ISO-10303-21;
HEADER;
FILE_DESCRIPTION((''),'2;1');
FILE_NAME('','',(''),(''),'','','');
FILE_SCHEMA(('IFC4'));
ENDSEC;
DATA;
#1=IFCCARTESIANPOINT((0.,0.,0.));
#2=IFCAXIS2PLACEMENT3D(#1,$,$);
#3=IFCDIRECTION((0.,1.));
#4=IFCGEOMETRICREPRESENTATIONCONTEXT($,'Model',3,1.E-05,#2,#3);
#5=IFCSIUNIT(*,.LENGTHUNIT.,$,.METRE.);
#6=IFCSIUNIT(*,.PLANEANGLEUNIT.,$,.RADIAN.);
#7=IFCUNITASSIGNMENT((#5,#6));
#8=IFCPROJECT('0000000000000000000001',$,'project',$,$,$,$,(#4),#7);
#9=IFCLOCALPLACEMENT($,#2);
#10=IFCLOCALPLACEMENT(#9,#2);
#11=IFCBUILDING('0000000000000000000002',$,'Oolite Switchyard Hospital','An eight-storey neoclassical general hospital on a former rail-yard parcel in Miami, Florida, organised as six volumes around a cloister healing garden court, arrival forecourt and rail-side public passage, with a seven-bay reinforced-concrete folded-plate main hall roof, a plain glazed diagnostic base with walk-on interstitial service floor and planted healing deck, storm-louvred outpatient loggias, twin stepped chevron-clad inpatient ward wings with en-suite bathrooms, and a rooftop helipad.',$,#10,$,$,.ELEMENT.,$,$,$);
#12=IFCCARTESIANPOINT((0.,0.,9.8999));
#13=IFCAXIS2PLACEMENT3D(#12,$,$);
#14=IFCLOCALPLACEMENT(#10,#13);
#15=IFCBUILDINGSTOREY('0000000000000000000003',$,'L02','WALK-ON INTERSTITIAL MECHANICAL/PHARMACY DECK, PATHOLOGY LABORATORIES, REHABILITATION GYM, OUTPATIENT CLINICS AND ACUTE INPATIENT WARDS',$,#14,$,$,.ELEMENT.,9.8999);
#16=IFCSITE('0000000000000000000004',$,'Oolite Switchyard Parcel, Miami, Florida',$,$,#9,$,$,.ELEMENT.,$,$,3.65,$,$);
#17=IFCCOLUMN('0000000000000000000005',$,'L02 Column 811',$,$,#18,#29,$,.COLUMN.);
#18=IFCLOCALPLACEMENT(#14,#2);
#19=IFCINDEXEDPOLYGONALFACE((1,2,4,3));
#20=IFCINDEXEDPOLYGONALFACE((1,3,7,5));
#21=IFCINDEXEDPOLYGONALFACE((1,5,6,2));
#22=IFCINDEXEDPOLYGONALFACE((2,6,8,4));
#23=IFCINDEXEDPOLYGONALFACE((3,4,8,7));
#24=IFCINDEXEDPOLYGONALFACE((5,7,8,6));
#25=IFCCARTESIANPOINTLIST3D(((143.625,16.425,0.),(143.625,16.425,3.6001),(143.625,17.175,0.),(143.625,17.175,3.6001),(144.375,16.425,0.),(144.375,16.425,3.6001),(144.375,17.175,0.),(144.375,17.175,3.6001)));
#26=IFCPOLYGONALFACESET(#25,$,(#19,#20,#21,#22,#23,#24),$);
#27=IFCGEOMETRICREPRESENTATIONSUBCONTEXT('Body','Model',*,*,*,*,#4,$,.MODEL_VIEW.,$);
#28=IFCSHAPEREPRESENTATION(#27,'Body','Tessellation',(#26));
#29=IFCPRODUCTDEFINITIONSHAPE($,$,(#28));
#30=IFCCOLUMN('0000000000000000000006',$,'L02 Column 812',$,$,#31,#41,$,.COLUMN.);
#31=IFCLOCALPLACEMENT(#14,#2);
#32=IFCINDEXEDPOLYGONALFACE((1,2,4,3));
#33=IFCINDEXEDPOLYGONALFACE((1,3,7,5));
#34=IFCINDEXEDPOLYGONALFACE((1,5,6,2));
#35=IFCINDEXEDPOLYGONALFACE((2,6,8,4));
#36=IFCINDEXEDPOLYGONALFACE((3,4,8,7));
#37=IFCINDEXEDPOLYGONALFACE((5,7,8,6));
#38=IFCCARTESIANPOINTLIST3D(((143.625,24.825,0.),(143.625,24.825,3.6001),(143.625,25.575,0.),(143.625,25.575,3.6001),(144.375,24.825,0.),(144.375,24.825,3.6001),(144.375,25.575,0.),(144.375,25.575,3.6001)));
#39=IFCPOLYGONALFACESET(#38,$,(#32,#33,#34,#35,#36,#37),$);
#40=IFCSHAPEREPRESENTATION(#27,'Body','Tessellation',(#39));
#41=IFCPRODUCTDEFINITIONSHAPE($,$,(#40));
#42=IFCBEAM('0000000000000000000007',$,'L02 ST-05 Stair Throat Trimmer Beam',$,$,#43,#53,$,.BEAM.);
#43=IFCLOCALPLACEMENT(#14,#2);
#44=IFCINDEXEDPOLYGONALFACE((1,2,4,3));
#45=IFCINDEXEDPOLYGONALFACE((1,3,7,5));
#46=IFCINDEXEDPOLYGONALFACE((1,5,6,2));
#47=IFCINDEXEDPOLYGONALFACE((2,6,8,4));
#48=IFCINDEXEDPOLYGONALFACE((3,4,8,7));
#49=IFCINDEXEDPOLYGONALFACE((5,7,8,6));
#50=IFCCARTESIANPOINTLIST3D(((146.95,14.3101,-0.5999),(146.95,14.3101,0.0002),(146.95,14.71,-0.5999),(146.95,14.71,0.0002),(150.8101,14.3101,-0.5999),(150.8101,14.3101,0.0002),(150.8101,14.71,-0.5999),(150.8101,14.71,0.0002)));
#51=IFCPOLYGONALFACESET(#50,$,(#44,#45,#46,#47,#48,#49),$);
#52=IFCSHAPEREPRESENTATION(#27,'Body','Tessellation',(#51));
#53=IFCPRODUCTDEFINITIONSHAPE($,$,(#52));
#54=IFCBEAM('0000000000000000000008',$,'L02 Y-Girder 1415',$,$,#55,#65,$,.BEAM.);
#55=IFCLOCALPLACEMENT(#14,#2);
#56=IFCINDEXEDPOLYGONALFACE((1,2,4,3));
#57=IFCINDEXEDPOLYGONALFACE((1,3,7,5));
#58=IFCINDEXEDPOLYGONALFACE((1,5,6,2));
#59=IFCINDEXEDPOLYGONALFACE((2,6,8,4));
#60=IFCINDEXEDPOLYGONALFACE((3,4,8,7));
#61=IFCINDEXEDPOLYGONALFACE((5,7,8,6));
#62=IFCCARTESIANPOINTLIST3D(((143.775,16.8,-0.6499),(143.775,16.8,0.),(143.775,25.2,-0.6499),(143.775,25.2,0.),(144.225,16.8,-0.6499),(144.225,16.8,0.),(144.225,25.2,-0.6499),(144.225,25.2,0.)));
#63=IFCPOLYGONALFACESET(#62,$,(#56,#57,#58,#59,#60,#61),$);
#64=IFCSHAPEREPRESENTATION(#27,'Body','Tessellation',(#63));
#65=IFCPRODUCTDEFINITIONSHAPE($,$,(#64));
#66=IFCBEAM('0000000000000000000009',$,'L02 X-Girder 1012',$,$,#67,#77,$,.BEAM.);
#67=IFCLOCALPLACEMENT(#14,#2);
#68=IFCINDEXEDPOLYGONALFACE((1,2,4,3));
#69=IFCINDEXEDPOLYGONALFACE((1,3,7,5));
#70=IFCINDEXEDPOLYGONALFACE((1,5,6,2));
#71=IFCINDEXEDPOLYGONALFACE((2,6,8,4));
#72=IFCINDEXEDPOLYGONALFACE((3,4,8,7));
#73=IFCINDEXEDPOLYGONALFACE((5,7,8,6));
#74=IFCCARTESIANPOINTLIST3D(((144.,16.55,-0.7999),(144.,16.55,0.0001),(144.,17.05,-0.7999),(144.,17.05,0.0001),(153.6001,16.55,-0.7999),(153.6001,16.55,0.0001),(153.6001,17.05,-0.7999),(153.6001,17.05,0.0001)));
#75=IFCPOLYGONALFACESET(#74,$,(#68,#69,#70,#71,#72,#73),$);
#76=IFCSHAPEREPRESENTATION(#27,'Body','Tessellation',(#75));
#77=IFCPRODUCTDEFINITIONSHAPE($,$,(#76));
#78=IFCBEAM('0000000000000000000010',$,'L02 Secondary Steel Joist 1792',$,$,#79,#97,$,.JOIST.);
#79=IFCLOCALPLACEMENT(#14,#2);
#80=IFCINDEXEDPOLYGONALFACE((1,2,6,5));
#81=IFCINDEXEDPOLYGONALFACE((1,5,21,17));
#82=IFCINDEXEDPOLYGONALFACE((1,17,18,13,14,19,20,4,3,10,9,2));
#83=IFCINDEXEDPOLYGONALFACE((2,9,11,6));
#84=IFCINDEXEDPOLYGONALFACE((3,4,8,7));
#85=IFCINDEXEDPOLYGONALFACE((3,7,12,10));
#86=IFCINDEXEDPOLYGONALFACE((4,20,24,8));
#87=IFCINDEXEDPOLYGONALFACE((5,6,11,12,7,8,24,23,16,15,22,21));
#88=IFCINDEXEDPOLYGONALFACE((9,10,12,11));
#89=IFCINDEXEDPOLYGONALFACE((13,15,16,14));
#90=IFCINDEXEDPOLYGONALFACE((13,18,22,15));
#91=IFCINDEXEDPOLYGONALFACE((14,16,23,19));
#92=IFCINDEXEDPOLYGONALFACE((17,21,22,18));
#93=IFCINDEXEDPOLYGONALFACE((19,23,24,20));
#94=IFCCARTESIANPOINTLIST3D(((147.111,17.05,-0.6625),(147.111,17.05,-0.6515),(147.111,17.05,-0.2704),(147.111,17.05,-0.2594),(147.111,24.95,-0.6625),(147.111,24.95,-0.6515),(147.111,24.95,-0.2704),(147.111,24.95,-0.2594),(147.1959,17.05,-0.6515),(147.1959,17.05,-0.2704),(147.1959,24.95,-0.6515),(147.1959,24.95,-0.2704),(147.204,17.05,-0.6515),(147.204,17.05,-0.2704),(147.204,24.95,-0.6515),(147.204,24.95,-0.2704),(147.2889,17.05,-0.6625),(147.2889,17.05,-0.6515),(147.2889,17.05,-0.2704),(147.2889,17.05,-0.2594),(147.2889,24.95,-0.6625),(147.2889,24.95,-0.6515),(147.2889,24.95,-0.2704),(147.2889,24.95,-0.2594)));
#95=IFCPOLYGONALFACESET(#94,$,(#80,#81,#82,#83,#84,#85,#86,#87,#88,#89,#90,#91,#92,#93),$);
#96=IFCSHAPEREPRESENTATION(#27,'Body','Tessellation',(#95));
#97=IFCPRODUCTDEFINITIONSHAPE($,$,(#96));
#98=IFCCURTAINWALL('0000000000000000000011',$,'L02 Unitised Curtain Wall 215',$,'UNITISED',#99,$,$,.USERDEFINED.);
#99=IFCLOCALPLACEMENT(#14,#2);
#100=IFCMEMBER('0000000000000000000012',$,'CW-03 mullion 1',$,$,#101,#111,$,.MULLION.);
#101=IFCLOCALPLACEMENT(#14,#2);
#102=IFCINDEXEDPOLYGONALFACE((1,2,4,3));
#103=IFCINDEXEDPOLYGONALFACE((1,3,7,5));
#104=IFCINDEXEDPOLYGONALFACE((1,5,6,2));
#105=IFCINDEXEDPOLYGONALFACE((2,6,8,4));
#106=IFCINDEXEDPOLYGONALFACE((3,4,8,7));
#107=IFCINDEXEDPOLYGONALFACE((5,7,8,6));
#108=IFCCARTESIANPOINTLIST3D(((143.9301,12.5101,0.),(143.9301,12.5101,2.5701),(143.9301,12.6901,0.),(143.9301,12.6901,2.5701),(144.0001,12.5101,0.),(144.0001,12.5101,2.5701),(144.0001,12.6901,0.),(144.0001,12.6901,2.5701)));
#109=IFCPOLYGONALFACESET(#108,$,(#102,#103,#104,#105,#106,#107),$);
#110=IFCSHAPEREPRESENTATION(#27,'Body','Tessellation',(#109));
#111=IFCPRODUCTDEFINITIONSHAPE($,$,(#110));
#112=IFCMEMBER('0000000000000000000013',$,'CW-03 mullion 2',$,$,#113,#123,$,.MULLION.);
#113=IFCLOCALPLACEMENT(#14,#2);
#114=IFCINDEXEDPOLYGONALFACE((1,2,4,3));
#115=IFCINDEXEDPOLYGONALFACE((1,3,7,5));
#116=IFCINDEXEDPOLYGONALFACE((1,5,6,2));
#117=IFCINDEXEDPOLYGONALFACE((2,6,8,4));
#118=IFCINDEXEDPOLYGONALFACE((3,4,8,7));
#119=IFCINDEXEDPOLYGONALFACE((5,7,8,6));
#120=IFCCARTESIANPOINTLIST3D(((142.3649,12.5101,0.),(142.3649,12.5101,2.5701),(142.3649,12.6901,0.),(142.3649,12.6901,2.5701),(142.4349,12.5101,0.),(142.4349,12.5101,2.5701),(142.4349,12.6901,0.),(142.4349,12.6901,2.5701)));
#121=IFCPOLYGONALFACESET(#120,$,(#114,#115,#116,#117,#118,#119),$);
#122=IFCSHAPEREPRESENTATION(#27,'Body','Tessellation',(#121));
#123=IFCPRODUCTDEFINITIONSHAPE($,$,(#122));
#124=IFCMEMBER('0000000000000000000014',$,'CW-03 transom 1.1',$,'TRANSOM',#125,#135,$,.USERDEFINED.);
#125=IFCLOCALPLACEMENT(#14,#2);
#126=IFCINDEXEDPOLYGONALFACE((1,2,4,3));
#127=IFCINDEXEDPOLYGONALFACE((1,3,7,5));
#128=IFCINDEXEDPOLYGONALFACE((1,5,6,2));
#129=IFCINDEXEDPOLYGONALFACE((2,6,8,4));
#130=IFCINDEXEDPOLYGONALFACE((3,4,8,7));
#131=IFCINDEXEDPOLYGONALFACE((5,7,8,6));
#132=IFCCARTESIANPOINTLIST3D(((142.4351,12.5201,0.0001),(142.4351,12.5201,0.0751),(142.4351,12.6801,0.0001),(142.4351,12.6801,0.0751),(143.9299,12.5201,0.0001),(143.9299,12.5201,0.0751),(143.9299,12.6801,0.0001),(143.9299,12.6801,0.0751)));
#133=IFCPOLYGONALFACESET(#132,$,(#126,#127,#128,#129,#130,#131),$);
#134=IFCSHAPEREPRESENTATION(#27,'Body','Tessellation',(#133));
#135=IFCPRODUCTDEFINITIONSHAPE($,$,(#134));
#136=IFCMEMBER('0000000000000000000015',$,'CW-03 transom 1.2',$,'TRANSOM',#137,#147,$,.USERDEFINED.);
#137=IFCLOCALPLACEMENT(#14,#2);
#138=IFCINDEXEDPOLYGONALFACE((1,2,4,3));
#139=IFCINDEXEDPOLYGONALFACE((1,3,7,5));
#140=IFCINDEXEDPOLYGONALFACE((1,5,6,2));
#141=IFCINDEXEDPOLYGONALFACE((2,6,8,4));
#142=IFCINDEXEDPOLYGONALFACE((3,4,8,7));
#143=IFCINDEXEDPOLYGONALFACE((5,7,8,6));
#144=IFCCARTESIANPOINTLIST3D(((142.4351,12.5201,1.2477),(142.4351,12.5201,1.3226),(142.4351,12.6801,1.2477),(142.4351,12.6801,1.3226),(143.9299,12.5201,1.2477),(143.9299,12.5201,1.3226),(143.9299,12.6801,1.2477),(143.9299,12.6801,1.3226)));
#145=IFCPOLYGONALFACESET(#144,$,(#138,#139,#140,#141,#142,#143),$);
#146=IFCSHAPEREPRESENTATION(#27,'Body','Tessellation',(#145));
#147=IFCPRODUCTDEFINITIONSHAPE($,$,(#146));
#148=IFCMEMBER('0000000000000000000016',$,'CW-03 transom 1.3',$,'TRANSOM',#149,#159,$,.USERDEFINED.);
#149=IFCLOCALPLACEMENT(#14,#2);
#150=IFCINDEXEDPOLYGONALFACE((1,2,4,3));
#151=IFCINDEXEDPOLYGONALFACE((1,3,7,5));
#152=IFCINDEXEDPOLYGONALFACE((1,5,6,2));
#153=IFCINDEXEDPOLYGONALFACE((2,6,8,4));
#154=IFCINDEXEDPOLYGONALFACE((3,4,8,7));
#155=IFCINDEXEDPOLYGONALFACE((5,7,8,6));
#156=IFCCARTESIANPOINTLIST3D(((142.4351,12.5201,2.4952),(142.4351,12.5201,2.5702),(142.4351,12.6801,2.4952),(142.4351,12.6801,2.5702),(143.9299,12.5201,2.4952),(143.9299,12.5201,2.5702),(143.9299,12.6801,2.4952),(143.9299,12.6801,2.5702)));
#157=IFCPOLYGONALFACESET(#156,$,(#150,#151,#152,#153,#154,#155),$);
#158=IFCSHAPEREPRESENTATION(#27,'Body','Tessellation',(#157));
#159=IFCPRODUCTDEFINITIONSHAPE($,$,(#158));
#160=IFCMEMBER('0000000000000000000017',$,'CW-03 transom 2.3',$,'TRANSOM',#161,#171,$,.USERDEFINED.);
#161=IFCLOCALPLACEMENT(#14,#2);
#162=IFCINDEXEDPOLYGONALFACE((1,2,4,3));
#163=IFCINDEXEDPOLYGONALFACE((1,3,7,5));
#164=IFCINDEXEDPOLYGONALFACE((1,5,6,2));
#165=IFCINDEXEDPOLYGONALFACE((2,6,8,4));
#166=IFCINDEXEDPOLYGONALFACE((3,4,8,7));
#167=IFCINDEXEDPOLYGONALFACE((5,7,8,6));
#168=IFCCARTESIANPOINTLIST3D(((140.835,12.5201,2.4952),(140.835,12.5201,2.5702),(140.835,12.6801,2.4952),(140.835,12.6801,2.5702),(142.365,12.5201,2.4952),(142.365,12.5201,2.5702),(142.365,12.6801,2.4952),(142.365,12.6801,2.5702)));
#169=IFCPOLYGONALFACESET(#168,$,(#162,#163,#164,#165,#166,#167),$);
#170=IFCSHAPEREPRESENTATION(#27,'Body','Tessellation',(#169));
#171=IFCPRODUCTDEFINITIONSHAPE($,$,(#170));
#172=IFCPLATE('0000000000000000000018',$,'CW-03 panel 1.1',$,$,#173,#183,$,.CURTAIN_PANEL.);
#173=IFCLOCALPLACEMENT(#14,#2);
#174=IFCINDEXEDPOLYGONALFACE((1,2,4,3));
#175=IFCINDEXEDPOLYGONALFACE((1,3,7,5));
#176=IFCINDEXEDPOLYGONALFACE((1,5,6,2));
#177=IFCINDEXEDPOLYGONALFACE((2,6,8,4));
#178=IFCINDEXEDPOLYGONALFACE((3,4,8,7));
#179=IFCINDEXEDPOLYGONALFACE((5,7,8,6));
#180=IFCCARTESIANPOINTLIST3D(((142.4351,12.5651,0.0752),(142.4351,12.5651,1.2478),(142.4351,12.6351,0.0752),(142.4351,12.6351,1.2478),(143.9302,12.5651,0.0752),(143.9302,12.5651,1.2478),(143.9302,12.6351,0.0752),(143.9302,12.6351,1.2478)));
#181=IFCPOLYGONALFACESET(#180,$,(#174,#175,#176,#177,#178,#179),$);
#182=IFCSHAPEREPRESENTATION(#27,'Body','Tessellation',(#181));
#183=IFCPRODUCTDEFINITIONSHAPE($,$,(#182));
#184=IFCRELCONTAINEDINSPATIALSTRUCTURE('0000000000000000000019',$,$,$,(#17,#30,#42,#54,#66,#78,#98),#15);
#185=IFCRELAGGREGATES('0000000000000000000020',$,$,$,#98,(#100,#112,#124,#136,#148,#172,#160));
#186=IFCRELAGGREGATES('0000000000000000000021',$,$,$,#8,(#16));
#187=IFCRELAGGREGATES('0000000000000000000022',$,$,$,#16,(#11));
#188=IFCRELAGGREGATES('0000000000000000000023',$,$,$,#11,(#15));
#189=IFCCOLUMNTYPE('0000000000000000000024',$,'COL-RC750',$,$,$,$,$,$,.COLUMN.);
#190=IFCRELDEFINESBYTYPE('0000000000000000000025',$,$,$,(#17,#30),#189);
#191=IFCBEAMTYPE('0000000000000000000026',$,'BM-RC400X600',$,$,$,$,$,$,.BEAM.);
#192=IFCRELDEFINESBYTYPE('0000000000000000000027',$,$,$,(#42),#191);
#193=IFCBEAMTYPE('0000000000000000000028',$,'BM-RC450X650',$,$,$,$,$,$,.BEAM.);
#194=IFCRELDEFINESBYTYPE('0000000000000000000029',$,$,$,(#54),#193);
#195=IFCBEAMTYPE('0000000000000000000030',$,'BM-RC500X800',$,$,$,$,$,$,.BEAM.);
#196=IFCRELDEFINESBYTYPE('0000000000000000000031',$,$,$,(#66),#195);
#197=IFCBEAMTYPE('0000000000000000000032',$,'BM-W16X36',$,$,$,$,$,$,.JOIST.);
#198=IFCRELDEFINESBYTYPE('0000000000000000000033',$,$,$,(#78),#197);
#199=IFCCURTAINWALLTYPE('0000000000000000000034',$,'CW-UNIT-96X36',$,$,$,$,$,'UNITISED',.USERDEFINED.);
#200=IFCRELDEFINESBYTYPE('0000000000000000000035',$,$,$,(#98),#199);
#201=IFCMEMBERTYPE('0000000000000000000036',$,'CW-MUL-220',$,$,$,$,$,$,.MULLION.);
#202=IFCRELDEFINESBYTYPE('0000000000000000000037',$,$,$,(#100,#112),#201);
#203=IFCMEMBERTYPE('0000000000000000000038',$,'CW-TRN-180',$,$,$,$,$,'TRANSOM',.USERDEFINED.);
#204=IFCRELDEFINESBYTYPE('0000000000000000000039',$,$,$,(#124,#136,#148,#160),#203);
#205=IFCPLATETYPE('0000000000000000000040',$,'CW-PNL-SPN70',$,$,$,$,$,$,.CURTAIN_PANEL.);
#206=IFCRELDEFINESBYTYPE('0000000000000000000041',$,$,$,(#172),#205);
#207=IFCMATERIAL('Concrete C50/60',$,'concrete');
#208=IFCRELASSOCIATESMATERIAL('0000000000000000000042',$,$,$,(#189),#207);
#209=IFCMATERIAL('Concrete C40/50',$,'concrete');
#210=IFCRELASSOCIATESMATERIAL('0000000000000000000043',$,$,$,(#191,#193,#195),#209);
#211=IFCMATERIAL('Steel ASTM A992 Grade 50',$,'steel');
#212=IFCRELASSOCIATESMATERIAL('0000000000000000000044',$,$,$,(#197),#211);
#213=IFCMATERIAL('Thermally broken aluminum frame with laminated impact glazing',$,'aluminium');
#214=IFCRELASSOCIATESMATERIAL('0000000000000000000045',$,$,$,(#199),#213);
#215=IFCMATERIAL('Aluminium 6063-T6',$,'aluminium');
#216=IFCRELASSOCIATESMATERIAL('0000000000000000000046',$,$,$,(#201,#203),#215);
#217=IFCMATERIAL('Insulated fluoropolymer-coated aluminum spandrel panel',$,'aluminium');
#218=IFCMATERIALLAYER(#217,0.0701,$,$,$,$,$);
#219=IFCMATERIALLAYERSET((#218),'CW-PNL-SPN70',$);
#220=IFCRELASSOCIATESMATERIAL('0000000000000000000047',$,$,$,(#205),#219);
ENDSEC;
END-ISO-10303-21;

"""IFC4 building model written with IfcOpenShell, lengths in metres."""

from ifc_helpers import new_model, si_unit, direction, frame, origin, origin_2d, place, context, subcontext, project, spatial, rectangle, i_section, extrude, material, layer, layer_set, material_profile, profile_set, type_object, element, aggregate, save


model = new_model("IFC4")

# Units and contexts
model_context = context("Model", 3, precision=1e-05, world=origin(), true_north=direction((0.0, 1.0)))
body_context = subcontext(model_context, "Body", "Model", "MODEL_VIEW")
ifc_project = project(units=[si_unit("LENGTHUNIT", "METRE"), si_unit("PLANEANGLEUNIT", "RADIAN")], contexts=[model_context])

# Site, building, storey
site_placement = place(None, origin())
site = spatial("IfcSite", under=ifc_project, at=site_placement, Name="Oolite Switchyard Parcel, Miami, Florida", CompositionType="ELEMENT", RefElevation=3.65)
building_placement = place(site_placement, origin())
building = spatial("IfcBuilding", under=site, at=building_placement, Name="Oolite Switchyard Hospital", Description="An eight-storey neoclassical general hospital on a former rail-yard parcel in Miami, Florida, organised as six volumes around a cloister healing garden court, arrival forecourt and rail-side public passage, with a seven-bay reinforced-concrete folded-plate main hall roof, a plain glazed diagnostic base with walk-on interstitial service floor and planted healing deck, storm-louvred outpatient loggias, twin stepped chevron-clad inpatient ward wings with en-suite bathrooms, and a rooftop helipad.", CompositionType="ELEMENT")
storey_placement = place(building_placement, frame((0.0, 0.0, 9.8999)))
storey = spatial("IfcBuildingStorey", under=building, at=storey_placement, Name="L02", Description="WALK-ON INTERSTITIAL MECHANICAL/PHARMACY DECK, PATHOLOGY LABORATORIES, REHABILITATION GYM, OUTPATIENT CLINICS AND ACUTE INPATIENT WARDS", CompositionType="ELEMENT", Elevation=9.8999)

# Columns
ifc_material_1 = material(Name="Concrete C50/60", Category="concrete")
ifc_material_profile_1 = material_profile(ifc_material_1, rectangle(XDim=0.75, YDim=0.75, at=origin_2d()), Name="RC750X750")
ifc_profile_set_1 = profile_set([ifc_material_profile_1], Name="Concrete C50/60")
column_type = type_object("IfcColumnType", Name="COL-RC750", PredefinedType="COLUMN", material=ifc_profile_set_1)
for number, where, z_axis, x_axis, name in (
    (1, (144.0, 16.8, 0.0), (0.0, 0.0, 1.0), (1.0, 0.0, 0.0), "L02 Column 811"),
    (2, (144.0, 25.2, 0.0), (0.0, 0.0, 1.0), (1.0, 0.0, 0.0), "L02 Column 812"),
):
    element("IfcColumn", number, at=place(storey_placement, frame(where, z_axis=z_axis, x_axis=x_axis)), inside=storey, type_object=column_type, Name=name, PredefinedType="COLUMN", context=body_context, shape_type="SweptSolid", body=[
        extrude(rectangle(XDim=0.75, YDim=0.75, at=origin_2d()), origin(), (0.0, 0.0, 1.0), 3.6001),
    ])

# Beams
ifc_material_2 = material(Name="Concrete C40/50", Category="concrete")
ifc_material_profile_2 = material_profile(ifc_material_2, rectangle(XDim=0.3999, YDim=0.6001, at=origin_2d()), Name="RCB400X600")
ifc_profile_set_2 = profile_set([ifc_material_profile_2], Name="Concrete C40/50")
beam_type_1 = type_object("IfcBeamType", Name="BM-RC400X600", PredefinedType="BEAM", material=ifc_profile_set_2)
beam_1_placement = place(storey_placement, frame((146.95, 14.51, -0.2998), z_axis=(1.0, 0.0, 0.0), x_axis=(0.0, 1.0, 0.0)))
element("IfcBeam", 3, at=beam_1_placement, inside=storey, type_object=beam_type_1, Name="L02 ST-05 Stair Throat Trimmer Beam", PredefinedType="BEAM", context=body_context, shape_type="SweptSolid", body=[
    extrude(rectangle(XDim=0.3999, YDim=0.6001, at=origin_2d()), origin(), (0.0, 0.0, 1.0), 3.8601),
])
ifc_material_profile_3 = material_profile(ifc_material_2, rectangle(XDim=0.45, YDim=0.6499, at=origin_2d()), Name="RCB450X650")
ifc_profile_set_3 = profile_set([ifc_material_profile_3], Name="Concrete C40/50")
beam_type_2 = type_object("IfcBeamType", Name="BM-RC450X650", PredefinedType="BEAM", material=ifc_profile_set_3)
beam_2_placement = place(storey_placement, frame((144.0, 16.8, -0.325), z_axis=(0.0, 1.0, 0.0), x_axis=(-1.0, 0.0, 0.0)))
element("IfcBeam", 4, at=beam_2_placement, inside=storey, type_object=beam_type_2, Name="L02 Y-Girder 1415", PredefinedType="BEAM", context=body_context, shape_type="SweptSolid", body=[
    extrude(rectangle(XDim=0.45, YDim=0.6499, at=origin_2d()), origin(), (0.0, 0.0, 1.0), 8.3999),
])
ifc_material_profile_4 = material_profile(ifc_material_2, rectangle(XDim=0.5, YDim=0.8, at=origin_2d()), Name="RCB500X800")
ifc_profile_set_4 = profile_set([ifc_material_profile_4], Name="Concrete C40/50")
beam_type_3 = type_object("IfcBeamType", Name="BM-RC500X800", PredefinedType="BEAM", material=ifc_profile_set_4)
beam_3_placement = place(storey_placement, frame((144.0, 16.8, -0.3999), z_axis=(1.0, 0.0, 0.0), x_axis=(0.0, 1.0, 0.0)))
element("IfcBeam", 5, at=beam_3_placement, inside=storey, type_object=beam_type_3, Name="L02 X-Girder 1012", PredefinedType="BEAM", context=body_context, shape_type="SweptSolid", body=[
    extrude(rectangle(XDim=0.5, YDim=0.8, at=origin_2d()), origin(), (0.0, 0.0, 1.0), 9.6001),
])
ifc_material_3 = material(Name="Steel ASTM A992 Grade 50", Category="steel")
ifc_material_profile_5 = material_profile(ifc_material_3, i_section(OverallWidth=0.178, OverallDepth=0.4031, WebThickness=0.0081, FlangeThickness=0.011, at=origin_2d()), Name="W16X36")
ifc_profile_set_5 = profile_set([ifc_material_profile_5], Name="Steel ASTM A992 Grade 50")
beam_type_4 = type_object("IfcBeamType", Name="BM-W16X36", PredefinedType="JOIST", material=ifc_profile_set_5)
beam_4_placement = place(storey_placement, frame((147.2, 17.05, -0.4609), z_axis=(0.0, 1.0, 0.0), x_axis=(-1.0, 0.0, 0.0)))
element("IfcBeam", 6, at=beam_4_placement, inside=storey, type_object=beam_type_4, Name="L02 Secondary Steel Joist 1792", PredefinedType="JOIST", context=body_context, shape_type="SweptSolid", body=[
    extrude(i_section(OverallWidth=0.178, OverallDepth=0.4031, WebThickness=0.0081, FlangeThickness=0.011, at=origin_2d()), origin(), (0.0, 0.0, 1.0), 7.8999),
])

# Curtain wall, members, plate
ifc_material_4 = material(Name="Thermally broken aluminum frame with laminated impact glazing", Category="aluminium")
curtain_wall_type = type_object("IfcCurtainWallType", Name="CW-UNIT-96X36", ElementType="UNITISED", PredefinedType="USERDEFINED", material=ifc_material_4)
curtain_wall_placement = place(storey_placement, origin())
curtain_wall = element("IfcCurtainWall", 7, at=curtain_wall_placement, inside=storey, type_object=curtain_wall_type, Name="L02 Unitised Curtain Wall 215", ObjectType="UNITISED", PredefinedType="USERDEFINED")
ifc_material_5 = material(Name="Aluminium 6063-T6", Category="aluminium")
ifc_material_profile_6 = material_profile(ifc_material_5, rectangle(XDim=0.1799, YDim=0.0701, at=origin_2d()), Name="CWM70X180")
ifc_profile_set_6 = profile_set([ifc_material_profile_6], Name="Aluminium 6063-T6")
member_type_1 = type_object("IfcMemberType", Name="CW-MUL-220", PredefinedType="MULLION", material=ifc_profile_set_6)
member_1_placement = place(storey_placement, frame((143.9651, 12.6001, 0.0), z_axis=(0.0, 0.0, 1.0), x_axis=(0.0, -1.0, 0.0)))
member_1 = element("IfcMember", 8, at=member_1_placement, type_object=member_type_1, Name="CW-03 mullion 1", PredefinedType="MULLION", context=body_context, shape_type="SweptSolid", body=[
    extrude(rectangle(XDim=0.1799, YDim=0.0701, at=origin_2d()), origin(), (0.0, 0.0, 1.0), 2.5701),
])
member_2_placement = place(storey_placement, frame((142.3999, 12.6001, 0.0), z_axis=(0.0, 0.0, 1.0), x_axis=(0.0, -1.0, 0.0)))
member_2 = element("IfcMember", 9, at=member_2_placement, type_object=member_type_1, Name="CW-03 mullion 2", PredefinedType="MULLION", context=body_context, shape_type="SweptSolid", body=[
    extrude(rectangle(XDim=0.1799, YDim=0.0701, at=origin_2d()), origin(), (0.0, 0.0, 1.0), 2.5701),
])
ifc_material_profile_7 = material_profile(ifc_material_5, rectangle(XDim=0.1599, YDim=0.075, at=origin_2d()), Name="CWT75X160")
ifc_profile_set_7 = profile_set([ifc_material_profile_7], Name="Aluminium 6063-T6")
member_type_2 = type_object("IfcMemberType", Name="CW-TRN-180", ElementType="TRANSOM", PredefinedType="USERDEFINED", material=ifc_profile_set_7)
member_3_placement = place(storey_placement, frame((143.9299, 12.6001, 0.0376), z_axis=(-1.0, 0.0, 0.0), x_axis=(0.0, -1.0, 0.0)))
member_3 = element("IfcMember", 10, at=member_3_placement, type_object=member_type_2, Name="CW-03 transom 1.1", ObjectType="TRANSOM", PredefinedType="USERDEFINED", context=body_context, shape_type="SweptSolid", body=[
    extrude(rectangle(XDim=0.1599, YDim=0.075, at=origin_2d()), origin(), (0.0, 0.0, 1.0), 1.4949),
])
member_4_placement = place(storey_placement, frame((143.9299, 12.6001, 1.2852), z_axis=(-1.0, 0.0, 0.0), x_axis=(0.0, -1.0, 0.0)))
member_4 = element("IfcMember", 11, at=member_4_placement, type_object=member_type_2, Name="CW-03 transom 1.2", ObjectType="TRANSOM", PredefinedType="USERDEFINED", context=body_context, shape_type="SweptSolid", body=[
    extrude(rectangle(XDim=0.1599, YDim=0.075, at=origin_2d()), origin(), (0.0, 0.0, 1.0), 1.4949),
])
member_5_placement = place(storey_placement, frame((143.9299, 12.6001, 2.5327), z_axis=(-1.0, 0.0, 0.0), x_axis=(0.0, -1.0, 0.0)))
member_5 = element("IfcMember", 12, at=member_5_placement, type_object=member_type_2, Name="CW-03 transom 1.3", ObjectType="TRANSOM", PredefinedType="USERDEFINED", context=body_context, shape_type="SweptSolid", body=[
    extrude(rectangle(XDim=0.1599, YDim=0.075, at=origin_2d()), origin(), (0.0, 0.0, 1.0), 1.4949),
])
member_6_placement = place(storey_placement, frame((142.365, 12.6001, 2.5327), z_axis=(-1.0, 0.0, 0.0), x_axis=(0.0, -1.0, 0.0)))
member_6 = element("IfcMember", 13, at=member_6_placement, type_object=member_type_2, Name="CW-03 transom 2.3", ObjectType="TRANSOM", PredefinedType="USERDEFINED", context=body_context, shape_type="SweptSolid", body=[
    extrude(rectangle(XDim=0.1599, YDim=0.075, at=origin_2d()), origin(), (0.0, 0.0, 1.0), 1.53),
])
ifc_material_6 = material(Name="Insulated fluoropolymer-coated aluminum spandrel panel", Category="aluminium")
ifc_layer_1 = layer(ifc_material_6, 0.0701)
ifc_layer_set_1 = layer_set([ifc_layer_1], Name="CW-PNL-SPN70")
plate_type = type_object("IfcPlateType", Name="CW-PNL-SPN70", PredefinedType="CURTAIN_PANEL", material=ifc_layer_set_1)
plate_1_placement = place(storey_placement, frame((143.1826, 12.6001, 0.0752), z_axis=(0.0, 0.0, 1.0), x_axis=(-1.0, 0.0, 0.0)))
plate_1 = element("IfcPlate", 14, at=plate_1_placement, type_object=plate_type, Name="CW-03 panel 1.1", PredefinedType="CURTAIN_PANEL", context=body_context, shape_type="SweptSolid", body=[
    extrude(rectangle(XDim=1.4951, YDim=0.0701, at=origin_2d()), origin(), (0.0, 0.0, 1.0), 1.1726),
])
aggregate(curtain_wall, [member_1, member_2, member_3, member_4, member_5, plate_1, member_6])

save(model, "model.ifc")
